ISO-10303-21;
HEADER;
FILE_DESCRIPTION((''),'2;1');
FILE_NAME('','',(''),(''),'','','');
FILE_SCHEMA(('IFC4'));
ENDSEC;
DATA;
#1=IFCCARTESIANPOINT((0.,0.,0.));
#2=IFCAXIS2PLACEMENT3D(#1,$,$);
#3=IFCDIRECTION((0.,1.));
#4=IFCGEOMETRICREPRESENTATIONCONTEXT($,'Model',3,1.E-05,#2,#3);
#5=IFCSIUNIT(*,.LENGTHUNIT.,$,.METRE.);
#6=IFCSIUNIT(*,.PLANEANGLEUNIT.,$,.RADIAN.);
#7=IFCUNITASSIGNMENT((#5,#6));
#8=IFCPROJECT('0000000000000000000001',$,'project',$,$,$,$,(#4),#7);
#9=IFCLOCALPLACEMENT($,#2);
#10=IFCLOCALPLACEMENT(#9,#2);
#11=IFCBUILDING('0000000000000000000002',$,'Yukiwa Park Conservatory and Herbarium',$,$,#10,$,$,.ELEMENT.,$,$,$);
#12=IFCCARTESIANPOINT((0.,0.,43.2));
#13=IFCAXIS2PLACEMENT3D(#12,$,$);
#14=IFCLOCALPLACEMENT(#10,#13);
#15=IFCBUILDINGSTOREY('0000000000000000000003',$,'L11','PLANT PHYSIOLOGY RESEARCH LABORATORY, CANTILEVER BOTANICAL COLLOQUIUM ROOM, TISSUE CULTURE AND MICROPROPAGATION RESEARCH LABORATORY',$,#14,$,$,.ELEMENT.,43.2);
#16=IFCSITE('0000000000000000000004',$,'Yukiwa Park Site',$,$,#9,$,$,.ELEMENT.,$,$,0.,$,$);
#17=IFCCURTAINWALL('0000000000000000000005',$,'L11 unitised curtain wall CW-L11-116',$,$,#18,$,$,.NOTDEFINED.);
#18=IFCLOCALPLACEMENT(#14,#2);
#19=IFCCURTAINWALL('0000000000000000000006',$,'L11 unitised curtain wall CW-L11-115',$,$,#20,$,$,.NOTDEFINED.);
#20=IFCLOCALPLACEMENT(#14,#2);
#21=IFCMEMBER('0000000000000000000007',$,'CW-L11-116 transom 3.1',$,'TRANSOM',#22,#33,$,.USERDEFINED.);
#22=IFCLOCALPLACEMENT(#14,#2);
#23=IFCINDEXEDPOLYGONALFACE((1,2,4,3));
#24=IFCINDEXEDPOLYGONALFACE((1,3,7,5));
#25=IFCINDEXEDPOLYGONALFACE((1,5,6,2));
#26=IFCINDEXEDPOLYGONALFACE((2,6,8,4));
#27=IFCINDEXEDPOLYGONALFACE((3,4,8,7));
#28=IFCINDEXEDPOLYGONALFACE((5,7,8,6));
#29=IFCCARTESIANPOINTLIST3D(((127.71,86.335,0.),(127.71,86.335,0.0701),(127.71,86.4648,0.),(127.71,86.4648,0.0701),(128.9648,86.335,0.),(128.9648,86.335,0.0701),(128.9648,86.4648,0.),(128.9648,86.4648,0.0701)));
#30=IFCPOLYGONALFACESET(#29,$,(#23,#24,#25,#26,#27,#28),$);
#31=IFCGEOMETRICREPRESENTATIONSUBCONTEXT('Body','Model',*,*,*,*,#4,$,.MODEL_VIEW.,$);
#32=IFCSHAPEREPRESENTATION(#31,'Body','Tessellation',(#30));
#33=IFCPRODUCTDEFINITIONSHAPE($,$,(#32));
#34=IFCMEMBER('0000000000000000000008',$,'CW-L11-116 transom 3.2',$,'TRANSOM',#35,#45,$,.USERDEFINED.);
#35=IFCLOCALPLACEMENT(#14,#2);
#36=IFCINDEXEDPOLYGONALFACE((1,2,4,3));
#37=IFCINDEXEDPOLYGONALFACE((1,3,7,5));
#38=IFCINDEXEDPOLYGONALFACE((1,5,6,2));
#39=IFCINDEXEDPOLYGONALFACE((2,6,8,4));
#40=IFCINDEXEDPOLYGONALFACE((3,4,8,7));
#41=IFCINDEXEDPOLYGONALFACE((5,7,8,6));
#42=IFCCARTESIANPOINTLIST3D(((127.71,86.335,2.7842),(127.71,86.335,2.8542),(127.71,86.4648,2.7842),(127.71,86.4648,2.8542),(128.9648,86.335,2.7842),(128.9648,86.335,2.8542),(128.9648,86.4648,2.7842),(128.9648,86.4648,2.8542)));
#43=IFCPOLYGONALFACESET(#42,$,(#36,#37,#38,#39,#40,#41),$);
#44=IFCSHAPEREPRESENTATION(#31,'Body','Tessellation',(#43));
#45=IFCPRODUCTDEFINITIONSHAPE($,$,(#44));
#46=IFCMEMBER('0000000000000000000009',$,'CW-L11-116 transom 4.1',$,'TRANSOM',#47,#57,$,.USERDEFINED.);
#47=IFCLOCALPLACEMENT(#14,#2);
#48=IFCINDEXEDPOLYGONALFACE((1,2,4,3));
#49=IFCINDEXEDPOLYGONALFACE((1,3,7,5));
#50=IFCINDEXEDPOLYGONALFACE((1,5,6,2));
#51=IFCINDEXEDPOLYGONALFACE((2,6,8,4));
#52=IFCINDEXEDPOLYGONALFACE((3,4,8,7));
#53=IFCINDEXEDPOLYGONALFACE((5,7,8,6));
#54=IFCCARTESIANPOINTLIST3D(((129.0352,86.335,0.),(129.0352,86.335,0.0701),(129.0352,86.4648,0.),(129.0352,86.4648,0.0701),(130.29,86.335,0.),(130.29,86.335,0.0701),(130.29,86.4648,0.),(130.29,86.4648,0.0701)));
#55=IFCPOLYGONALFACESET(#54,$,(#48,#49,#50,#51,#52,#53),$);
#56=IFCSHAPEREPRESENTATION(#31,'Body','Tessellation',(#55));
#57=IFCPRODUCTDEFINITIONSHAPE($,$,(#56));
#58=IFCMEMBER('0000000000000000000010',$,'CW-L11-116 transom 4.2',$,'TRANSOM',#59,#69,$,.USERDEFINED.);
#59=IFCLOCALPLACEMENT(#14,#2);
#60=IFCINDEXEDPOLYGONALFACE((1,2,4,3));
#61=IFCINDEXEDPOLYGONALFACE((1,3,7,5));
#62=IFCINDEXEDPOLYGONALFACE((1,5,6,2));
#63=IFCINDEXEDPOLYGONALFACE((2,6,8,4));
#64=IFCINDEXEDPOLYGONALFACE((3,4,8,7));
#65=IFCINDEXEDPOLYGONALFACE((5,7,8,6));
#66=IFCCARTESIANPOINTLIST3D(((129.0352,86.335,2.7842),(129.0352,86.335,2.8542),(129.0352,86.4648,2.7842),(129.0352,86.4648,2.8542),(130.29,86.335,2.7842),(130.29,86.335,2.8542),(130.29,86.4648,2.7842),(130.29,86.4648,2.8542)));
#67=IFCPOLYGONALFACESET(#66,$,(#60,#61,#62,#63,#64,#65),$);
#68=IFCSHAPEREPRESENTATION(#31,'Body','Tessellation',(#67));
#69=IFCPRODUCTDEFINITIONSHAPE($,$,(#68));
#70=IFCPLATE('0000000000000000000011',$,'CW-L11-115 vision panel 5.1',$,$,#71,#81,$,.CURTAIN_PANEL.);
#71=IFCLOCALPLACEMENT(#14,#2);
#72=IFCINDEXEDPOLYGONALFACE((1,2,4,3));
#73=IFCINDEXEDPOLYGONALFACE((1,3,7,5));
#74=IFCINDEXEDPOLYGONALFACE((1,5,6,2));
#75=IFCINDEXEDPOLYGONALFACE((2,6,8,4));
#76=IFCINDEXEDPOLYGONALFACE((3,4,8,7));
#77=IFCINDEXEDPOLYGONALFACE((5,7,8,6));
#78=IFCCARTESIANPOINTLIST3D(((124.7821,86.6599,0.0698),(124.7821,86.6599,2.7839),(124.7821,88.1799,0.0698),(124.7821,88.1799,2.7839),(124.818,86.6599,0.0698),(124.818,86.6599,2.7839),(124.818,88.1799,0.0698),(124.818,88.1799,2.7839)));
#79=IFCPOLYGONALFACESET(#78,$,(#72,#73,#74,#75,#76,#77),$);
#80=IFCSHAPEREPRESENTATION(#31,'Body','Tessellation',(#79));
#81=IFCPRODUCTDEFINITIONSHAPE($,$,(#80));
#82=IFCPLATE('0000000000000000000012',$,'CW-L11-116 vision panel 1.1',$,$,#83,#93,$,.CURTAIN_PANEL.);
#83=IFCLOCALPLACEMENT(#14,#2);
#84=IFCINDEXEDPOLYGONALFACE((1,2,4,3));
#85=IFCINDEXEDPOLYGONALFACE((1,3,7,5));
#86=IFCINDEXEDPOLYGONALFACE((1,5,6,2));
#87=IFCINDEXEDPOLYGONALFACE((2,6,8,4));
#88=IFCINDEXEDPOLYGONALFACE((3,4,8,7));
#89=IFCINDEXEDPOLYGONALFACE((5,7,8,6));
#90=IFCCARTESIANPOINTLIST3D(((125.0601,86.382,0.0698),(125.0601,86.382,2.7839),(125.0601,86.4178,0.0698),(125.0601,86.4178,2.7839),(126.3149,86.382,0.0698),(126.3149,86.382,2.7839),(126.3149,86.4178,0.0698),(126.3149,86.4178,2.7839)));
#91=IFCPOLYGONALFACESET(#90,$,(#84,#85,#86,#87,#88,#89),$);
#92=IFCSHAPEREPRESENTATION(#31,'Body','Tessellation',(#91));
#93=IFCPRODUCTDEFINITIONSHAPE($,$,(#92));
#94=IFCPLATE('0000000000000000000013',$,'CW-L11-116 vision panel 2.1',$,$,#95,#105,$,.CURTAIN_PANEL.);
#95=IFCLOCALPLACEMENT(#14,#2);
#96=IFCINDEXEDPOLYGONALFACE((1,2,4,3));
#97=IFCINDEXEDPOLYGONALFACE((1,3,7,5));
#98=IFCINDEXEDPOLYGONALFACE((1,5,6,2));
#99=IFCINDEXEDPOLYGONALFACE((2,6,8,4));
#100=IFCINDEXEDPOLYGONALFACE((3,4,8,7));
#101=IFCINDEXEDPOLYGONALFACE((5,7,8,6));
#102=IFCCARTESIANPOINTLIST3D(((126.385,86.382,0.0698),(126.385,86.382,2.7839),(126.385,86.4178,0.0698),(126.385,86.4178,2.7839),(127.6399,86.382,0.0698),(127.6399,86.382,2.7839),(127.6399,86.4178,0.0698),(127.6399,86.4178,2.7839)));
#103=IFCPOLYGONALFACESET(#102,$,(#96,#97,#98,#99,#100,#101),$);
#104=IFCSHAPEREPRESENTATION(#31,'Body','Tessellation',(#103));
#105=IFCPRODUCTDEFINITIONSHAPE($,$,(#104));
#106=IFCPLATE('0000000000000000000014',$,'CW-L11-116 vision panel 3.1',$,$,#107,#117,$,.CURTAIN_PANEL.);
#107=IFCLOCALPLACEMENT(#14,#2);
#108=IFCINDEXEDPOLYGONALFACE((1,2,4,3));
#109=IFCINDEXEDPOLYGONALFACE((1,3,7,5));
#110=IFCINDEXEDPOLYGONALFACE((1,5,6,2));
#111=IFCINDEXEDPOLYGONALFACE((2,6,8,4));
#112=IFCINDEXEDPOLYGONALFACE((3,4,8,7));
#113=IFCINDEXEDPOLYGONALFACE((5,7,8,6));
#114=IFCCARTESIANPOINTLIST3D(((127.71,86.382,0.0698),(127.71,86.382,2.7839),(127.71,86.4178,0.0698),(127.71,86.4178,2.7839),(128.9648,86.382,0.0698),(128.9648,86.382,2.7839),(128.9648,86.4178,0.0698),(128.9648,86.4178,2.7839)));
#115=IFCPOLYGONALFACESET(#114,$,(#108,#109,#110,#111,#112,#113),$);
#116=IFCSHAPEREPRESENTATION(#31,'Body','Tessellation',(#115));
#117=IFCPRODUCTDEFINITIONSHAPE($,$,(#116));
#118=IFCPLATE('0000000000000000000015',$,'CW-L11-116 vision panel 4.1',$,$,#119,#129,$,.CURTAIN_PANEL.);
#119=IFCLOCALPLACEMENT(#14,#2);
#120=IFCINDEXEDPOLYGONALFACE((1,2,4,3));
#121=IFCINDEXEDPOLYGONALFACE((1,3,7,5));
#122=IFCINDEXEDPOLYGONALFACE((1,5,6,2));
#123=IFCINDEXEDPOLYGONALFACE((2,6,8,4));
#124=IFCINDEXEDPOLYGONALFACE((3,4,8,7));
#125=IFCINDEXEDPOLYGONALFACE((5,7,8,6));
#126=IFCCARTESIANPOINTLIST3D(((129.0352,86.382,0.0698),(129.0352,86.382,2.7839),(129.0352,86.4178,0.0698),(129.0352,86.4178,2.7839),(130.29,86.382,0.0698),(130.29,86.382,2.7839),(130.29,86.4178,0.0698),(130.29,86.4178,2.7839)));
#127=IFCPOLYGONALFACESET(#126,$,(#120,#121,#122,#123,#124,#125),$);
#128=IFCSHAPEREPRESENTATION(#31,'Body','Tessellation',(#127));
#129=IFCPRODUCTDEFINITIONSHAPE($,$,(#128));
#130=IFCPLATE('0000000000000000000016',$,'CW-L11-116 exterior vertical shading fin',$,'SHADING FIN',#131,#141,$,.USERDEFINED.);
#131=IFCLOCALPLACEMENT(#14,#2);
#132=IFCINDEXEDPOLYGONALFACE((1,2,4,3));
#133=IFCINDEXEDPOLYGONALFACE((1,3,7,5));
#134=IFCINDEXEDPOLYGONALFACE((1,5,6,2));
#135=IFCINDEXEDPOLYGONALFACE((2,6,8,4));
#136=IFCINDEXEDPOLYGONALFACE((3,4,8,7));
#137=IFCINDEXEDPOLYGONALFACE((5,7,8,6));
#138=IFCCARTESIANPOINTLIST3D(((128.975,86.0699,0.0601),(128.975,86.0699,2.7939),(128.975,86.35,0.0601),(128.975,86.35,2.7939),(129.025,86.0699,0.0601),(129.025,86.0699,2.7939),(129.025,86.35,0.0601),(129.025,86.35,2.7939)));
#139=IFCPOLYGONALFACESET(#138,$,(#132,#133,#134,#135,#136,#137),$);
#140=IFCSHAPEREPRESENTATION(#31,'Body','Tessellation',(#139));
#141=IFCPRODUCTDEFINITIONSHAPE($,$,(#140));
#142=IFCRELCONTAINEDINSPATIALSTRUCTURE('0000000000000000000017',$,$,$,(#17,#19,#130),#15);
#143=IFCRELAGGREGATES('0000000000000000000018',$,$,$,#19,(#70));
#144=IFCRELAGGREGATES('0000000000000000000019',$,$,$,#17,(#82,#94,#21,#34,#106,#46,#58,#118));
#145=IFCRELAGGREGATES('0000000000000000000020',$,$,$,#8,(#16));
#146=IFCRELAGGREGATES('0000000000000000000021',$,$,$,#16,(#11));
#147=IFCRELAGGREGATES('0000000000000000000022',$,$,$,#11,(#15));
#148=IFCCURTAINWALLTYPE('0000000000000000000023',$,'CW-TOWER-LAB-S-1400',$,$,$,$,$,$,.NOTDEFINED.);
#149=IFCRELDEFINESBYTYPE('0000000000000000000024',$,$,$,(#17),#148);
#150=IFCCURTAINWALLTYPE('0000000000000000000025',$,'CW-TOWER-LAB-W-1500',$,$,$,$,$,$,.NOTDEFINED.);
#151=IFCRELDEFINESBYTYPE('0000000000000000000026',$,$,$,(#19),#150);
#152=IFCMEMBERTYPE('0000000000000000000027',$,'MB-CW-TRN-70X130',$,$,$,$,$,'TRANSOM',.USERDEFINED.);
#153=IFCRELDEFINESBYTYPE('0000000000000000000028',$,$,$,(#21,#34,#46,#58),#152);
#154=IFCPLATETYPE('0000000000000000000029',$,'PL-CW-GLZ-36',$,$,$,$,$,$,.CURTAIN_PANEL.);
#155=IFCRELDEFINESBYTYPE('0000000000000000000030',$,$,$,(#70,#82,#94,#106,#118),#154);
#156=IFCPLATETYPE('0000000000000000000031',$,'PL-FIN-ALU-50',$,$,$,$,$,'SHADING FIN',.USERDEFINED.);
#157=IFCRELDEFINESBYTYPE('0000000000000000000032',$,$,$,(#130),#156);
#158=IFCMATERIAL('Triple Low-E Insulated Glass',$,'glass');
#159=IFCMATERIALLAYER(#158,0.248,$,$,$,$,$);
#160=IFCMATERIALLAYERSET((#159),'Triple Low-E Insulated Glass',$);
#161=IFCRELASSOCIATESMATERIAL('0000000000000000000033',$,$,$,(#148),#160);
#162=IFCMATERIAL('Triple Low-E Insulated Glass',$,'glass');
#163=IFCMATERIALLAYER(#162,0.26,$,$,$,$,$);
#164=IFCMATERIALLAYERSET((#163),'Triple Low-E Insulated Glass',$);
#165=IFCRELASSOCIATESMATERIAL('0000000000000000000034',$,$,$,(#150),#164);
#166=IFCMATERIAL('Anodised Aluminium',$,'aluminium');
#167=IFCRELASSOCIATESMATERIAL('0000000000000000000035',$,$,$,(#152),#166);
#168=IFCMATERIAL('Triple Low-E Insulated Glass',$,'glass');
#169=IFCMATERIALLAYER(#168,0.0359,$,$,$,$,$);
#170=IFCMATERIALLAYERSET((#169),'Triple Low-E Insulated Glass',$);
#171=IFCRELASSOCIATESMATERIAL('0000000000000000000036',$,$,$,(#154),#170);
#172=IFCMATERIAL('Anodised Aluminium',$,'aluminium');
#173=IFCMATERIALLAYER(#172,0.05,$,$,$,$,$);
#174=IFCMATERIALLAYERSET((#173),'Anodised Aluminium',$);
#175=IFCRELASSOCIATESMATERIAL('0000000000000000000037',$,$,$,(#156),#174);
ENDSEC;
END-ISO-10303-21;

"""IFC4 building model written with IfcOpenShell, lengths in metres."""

from ifc_helpers import new_model, si_unit, direction, frame, origin, origin_2d, place, context, subcontext, project, spatial, rectangle, extrude, material, layer, layer_set, type_object, element, aggregate, save


model = new_model("IFC4")

# Units and contexts
model_context = context("Model", 3, precision=1e-05, world=origin(), true_north=direction((0.0, 1.0)))
body_context = subcontext(model_context, "Body", "Model", "MODEL_VIEW")
ifc_project = project(units=[si_unit("LENGTHUNIT", "METRE"), si_unit("PLANEANGLEUNIT", "RADIAN")], contexts=[model_context])

# Site, building, storey
site_placement = place(None, origin())
site = spatial("IfcSite", under=ifc_project, at=site_placement, Name="Yukiwa Park Site", CompositionType="ELEMENT", RefElevation=0.0)
building_placement = place(site_placement, origin())
building = spatial("IfcBuilding", under=site, at=building_placement, Name="Yukiwa Park Conservatory and Herbarium", CompositionType="ELEMENT")
storey_placement = place(building_placement, frame((0.0, 0.0, 43.2)))
storey = spatial("IfcBuildingStorey", under=building, at=storey_placement, Name="L11", Description="PLANT PHYSIOLOGY RESEARCH LABORATORY, CANTILEVER BOTANICAL COLLOQUIUM ROOM, TISSUE CULTURE AND MICROPROPAGATION RESEARCH LABORATORY", CompositionType="ELEMENT", Elevation=43.2)

# Curtain walls
ifc_material_1 = material(Name="Triple Low-E Insulated Glass", Category="glass")
ifc_layer_1 = layer(ifc_material_1, 0.248)
ifc_layer_set_1 = layer_set([ifc_layer_1], Name="Triple Low-E Insulated Glass")
curtain_wall_type_1 = type_object("IfcCurtainWallType", Name="CW-TOWER-LAB-S-1400", PredefinedType="NOTDEFINED", material=ifc_layer_set_1)
curtain_wall_1_placement = place(storey_placement, origin())
curtain_wall_1 = element("IfcCurtainWall", 1, at=curtain_wall_1_placement, inside=storey, type_object=curtain_wall_type_1, Name="L11 unitised curtain wall CW-L11-116", PredefinedType="NOTDEFINED")
ifc_material_2 = material(Name="Triple Low-E Insulated Glass", Category="glass")
ifc_layer_2 = layer(ifc_material_2, 0.26)
ifc_layer_set_2 = layer_set([ifc_layer_2], Name="Triple Low-E Insulated Glass")
curtain_wall_type_2 = type_object("IfcCurtainWallType", Name="CW-TOWER-LAB-W-1500", PredefinedType="NOTDEFINED", material=ifc_layer_set_2)
curtain_wall_2_placement = place(storey_placement, origin())
curtain_wall_2 = element("IfcCurtainWall", 2, at=curtain_wall_2_placement, inside=storey, type_object=curtain_wall_type_2, Name="L11 unitised curtain wall CW-L11-115", PredefinedType="NOTDEFINED")
ifc_material_3 = material(Name="Anodised Aluminium", Category="aluminium")
member_type_1 = type_object("IfcMemberType", Name="MB-CW-TRN-70X130", ElementType="TRANSOM", PredefinedType="USERDEFINED", material=ifc_material_3)

# Members
member_1_placement = place(storey_placement, frame((128.3374, 86.3999, 0.0), z_axis=(0.0, 0.0, 1.0), x_axis=(1.0, 0.0, 0.0)))
member_1 = element("IfcMember", 3, at=member_1_placement, type_object=member_type_1, Name="CW-L11-116 transom 3.1", ObjectType="TRANSOM", PredefinedType="USERDEFINED", context=body_context, shape_type="SweptSolid", body=[
    extrude(rectangle(XDim=1.2549, YDim=0.1299, at=origin_2d()), origin(), (0.0, 0.0, 1.0), 0.0701),
])
member_2_placement = place(storey_placement, frame((128.3374, 86.3999, 2.7842), z_axis=(0.0, 0.0, 1.0), x_axis=(1.0, 0.0, 0.0)))
member_2 = element("IfcMember", 4, at=member_2_placement, type_object=member_type_1, Name="CW-L11-116 transom 3.2", ObjectType="TRANSOM", PredefinedType="USERDEFINED", context=body_context, shape_type="SweptSolid", body=[
    extrude(rectangle(XDim=1.2549, YDim=0.1299, at=origin_2d()), origin(), (0.0, 0.0, 1.0), 0.0701),
])
member_3_placement = place(storey_placement, frame((129.6626, 86.3999, 0.0), z_axis=(0.0, 0.0, 1.0), x_axis=(1.0, 0.0, 0.0)))
member_3 = element("IfcMember", 5, at=member_3_placement, type_object=member_type_1, Name="CW-L11-116 transom 4.1", ObjectType="TRANSOM", PredefinedType="USERDEFINED", context=body_context, shape_type="SweptSolid", body=[
    extrude(rectangle(XDim=1.2549, YDim=0.1299, at=origin_2d()), origin(), (0.0, 0.0, 1.0), 0.0701),
])
member_4_placement = place(storey_placement, frame((129.6626, 86.3999, 2.7842), z_axis=(0.0, 0.0, 1.0), x_axis=(1.0, 0.0, 0.0)))
member_4 = element("IfcMember", 6, at=member_4_placement, type_object=member_type_1, Name="CW-L11-116 transom 4.2", ObjectType="TRANSOM", PredefinedType="USERDEFINED", context=body_context, shape_type="SweptSolid", body=[
    extrude(rectangle(XDim=1.2549, YDim=0.1299, at=origin_2d()), origin(), (0.0, 0.0, 1.0), 0.0701),
])

# Plates
ifc_material_4 = material(Name="Triple Low-E Insulated Glass", Category="glass")
ifc_layer_3 = layer(ifc_material_4, 0.0359)
ifc_layer_set_3 = layer_set([ifc_layer_3], Name="Triple Low-E Insulated Glass")
plate_type_1 = type_object("IfcPlateType", Name="PL-CW-GLZ-36", PredefinedType="CURTAIN_PANEL", material=ifc_layer_set_3)
plate_1_placement = place(storey_placement, frame((124.8, 87.4199, 0.0698), z_axis=(0.0, 0.0, 1.0), x_axis=(0.0, -1.0, 0.0)))
plate_1 = element("IfcPlate", 7, at=plate_1_placement, type_object=plate_type_1, Name="CW-L11-115 vision panel 5.1", PredefinedType="CURTAIN_PANEL", context=body_context, shape_type="SweptSolid", body=[
    extrude(rectangle(XDim=1.52, YDim=0.0359, at=origin_2d()), origin(), (0.0, 0.0, 1.0), 2.7141),
])
aggregate(curtain_wall_2, [plate_1])
plate_2_placement = place(storey_placement, frame((125.6875, 86.3999, 0.0698), z_axis=(0.0, 0.0, 1.0), x_axis=(1.0, 0.0, 0.0)))
plate_2 = element("IfcPlate", 8, at=plate_2_placement, type_object=plate_type_1, Name="CW-L11-116 vision panel 1.1", PredefinedType="CURTAIN_PANEL", context=body_context, shape_type="SweptSolid", body=[
    extrude(rectangle(XDim=1.2549, YDim=0.0359, at=origin_2d()), origin(), (0.0, 0.0, 1.0), 2.7141),
])
plate_3_placement = place(storey_placement, frame((127.0125, 86.3999, 0.0698), z_axis=(0.0, 0.0, 1.0), x_axis=(1.0, 0.0, 0.0)))
plate_3 = element("IfcPlate", 9, at=plate_3_placement, type_object=plate_type_1, Name="CW-L11-116 vision panel 2.1", PredefinedType="CURTAIN_PANEL", context=body_context, shape_type="SweptSolid", body=[
    extrude(rectangle(XDim=1.2549, YDim=0.0359, at=origin_2d()), origin(), (0.0, 0.0, 1.0), 2.7141),
])
plate_4_placement = place(storey_placement, frame((128.3374, 86.3999, 0.0698), z_axis=(0.0, 0.0, 1.0), x_axis=(1.0, 0.0, 0.0)))
plate_4 = element("IfcPlate", 10, at=plate_4_placement, type_object=plate_type_1, Name="CW-L11-116 vision panel 3.1", PredefinedType="CURTAIN_PANEL", context=body_context, shape_type="SweptSolid", body=[
    extrude(rectangle(XDim=1.2549, YDim=0.0359, at=origin_2d()), origin(), (0.0, 0.0, 1.0), 2.7141),
])
plate_5_placement = place(storey_placement, frame((129.6626, 86.3999, 0.0698), z_axis=(0.0, 0.0, 1.0), x_axis=(1.0, 0.0, 0.0)))
plate_5 = element("IfcPlate", 11, at=plate_5_placement, type_object=plate_type_1, Name="CW-L11-116 vision panel 4.1", PredefinedType="CURTAIN_PANEL", context=body_context, shape_type="SweptSolid", body=[
    extrude(rectangle(XDim=1.2549, YDim=0.0359, at=origin_2d()), origin(), (0.0, 0.0, 1.0), 2.7141),
])
aggregate(curtain_wall_1, [plate_2, plate_3, member_1, member_2, plate_4, member_3, member_4, plate_5])
ifc_material_5 = material(Name="Anodised Aluminium", Category="aluminium")
ifc_layer_4 = layer(ifc_material_5, 0.05)
ifc_layer_set_4 = layer_set([ifc_layer_4], Name="Anodised Aluminium")
plate_type_2 = type_object("IfcPlateType", Name="PL-FIN-ALU-50", ElementType="SHADING FIN", PredefinedType="USERDEFINED", material=ifc_layer_set_4)
plate_6_placement = place(storey_placement, frame((129.0, 86.21, 0.0601), z_axis=(0.0, 0.0, 1.0), x_axis=(1.0, 0.0, 0.0)))
element("IfcPlate", 12, at=plate_6_placement, inside=storey, type_object=plate_type_2, Name="CW-L11-116 exterior vertical shading fin", ObjectType="SHADING FIN", PredefinedType="USERDEFINED", context=body_context, shape_type="SweptSolid", body=[
    extrude(rectangle(XDim=0.05, YDim=0.28, at=origin_2d()), origin(), (0.0, 0.0, 1.0), 2.7339),
])

save(model, "model.ifc")
